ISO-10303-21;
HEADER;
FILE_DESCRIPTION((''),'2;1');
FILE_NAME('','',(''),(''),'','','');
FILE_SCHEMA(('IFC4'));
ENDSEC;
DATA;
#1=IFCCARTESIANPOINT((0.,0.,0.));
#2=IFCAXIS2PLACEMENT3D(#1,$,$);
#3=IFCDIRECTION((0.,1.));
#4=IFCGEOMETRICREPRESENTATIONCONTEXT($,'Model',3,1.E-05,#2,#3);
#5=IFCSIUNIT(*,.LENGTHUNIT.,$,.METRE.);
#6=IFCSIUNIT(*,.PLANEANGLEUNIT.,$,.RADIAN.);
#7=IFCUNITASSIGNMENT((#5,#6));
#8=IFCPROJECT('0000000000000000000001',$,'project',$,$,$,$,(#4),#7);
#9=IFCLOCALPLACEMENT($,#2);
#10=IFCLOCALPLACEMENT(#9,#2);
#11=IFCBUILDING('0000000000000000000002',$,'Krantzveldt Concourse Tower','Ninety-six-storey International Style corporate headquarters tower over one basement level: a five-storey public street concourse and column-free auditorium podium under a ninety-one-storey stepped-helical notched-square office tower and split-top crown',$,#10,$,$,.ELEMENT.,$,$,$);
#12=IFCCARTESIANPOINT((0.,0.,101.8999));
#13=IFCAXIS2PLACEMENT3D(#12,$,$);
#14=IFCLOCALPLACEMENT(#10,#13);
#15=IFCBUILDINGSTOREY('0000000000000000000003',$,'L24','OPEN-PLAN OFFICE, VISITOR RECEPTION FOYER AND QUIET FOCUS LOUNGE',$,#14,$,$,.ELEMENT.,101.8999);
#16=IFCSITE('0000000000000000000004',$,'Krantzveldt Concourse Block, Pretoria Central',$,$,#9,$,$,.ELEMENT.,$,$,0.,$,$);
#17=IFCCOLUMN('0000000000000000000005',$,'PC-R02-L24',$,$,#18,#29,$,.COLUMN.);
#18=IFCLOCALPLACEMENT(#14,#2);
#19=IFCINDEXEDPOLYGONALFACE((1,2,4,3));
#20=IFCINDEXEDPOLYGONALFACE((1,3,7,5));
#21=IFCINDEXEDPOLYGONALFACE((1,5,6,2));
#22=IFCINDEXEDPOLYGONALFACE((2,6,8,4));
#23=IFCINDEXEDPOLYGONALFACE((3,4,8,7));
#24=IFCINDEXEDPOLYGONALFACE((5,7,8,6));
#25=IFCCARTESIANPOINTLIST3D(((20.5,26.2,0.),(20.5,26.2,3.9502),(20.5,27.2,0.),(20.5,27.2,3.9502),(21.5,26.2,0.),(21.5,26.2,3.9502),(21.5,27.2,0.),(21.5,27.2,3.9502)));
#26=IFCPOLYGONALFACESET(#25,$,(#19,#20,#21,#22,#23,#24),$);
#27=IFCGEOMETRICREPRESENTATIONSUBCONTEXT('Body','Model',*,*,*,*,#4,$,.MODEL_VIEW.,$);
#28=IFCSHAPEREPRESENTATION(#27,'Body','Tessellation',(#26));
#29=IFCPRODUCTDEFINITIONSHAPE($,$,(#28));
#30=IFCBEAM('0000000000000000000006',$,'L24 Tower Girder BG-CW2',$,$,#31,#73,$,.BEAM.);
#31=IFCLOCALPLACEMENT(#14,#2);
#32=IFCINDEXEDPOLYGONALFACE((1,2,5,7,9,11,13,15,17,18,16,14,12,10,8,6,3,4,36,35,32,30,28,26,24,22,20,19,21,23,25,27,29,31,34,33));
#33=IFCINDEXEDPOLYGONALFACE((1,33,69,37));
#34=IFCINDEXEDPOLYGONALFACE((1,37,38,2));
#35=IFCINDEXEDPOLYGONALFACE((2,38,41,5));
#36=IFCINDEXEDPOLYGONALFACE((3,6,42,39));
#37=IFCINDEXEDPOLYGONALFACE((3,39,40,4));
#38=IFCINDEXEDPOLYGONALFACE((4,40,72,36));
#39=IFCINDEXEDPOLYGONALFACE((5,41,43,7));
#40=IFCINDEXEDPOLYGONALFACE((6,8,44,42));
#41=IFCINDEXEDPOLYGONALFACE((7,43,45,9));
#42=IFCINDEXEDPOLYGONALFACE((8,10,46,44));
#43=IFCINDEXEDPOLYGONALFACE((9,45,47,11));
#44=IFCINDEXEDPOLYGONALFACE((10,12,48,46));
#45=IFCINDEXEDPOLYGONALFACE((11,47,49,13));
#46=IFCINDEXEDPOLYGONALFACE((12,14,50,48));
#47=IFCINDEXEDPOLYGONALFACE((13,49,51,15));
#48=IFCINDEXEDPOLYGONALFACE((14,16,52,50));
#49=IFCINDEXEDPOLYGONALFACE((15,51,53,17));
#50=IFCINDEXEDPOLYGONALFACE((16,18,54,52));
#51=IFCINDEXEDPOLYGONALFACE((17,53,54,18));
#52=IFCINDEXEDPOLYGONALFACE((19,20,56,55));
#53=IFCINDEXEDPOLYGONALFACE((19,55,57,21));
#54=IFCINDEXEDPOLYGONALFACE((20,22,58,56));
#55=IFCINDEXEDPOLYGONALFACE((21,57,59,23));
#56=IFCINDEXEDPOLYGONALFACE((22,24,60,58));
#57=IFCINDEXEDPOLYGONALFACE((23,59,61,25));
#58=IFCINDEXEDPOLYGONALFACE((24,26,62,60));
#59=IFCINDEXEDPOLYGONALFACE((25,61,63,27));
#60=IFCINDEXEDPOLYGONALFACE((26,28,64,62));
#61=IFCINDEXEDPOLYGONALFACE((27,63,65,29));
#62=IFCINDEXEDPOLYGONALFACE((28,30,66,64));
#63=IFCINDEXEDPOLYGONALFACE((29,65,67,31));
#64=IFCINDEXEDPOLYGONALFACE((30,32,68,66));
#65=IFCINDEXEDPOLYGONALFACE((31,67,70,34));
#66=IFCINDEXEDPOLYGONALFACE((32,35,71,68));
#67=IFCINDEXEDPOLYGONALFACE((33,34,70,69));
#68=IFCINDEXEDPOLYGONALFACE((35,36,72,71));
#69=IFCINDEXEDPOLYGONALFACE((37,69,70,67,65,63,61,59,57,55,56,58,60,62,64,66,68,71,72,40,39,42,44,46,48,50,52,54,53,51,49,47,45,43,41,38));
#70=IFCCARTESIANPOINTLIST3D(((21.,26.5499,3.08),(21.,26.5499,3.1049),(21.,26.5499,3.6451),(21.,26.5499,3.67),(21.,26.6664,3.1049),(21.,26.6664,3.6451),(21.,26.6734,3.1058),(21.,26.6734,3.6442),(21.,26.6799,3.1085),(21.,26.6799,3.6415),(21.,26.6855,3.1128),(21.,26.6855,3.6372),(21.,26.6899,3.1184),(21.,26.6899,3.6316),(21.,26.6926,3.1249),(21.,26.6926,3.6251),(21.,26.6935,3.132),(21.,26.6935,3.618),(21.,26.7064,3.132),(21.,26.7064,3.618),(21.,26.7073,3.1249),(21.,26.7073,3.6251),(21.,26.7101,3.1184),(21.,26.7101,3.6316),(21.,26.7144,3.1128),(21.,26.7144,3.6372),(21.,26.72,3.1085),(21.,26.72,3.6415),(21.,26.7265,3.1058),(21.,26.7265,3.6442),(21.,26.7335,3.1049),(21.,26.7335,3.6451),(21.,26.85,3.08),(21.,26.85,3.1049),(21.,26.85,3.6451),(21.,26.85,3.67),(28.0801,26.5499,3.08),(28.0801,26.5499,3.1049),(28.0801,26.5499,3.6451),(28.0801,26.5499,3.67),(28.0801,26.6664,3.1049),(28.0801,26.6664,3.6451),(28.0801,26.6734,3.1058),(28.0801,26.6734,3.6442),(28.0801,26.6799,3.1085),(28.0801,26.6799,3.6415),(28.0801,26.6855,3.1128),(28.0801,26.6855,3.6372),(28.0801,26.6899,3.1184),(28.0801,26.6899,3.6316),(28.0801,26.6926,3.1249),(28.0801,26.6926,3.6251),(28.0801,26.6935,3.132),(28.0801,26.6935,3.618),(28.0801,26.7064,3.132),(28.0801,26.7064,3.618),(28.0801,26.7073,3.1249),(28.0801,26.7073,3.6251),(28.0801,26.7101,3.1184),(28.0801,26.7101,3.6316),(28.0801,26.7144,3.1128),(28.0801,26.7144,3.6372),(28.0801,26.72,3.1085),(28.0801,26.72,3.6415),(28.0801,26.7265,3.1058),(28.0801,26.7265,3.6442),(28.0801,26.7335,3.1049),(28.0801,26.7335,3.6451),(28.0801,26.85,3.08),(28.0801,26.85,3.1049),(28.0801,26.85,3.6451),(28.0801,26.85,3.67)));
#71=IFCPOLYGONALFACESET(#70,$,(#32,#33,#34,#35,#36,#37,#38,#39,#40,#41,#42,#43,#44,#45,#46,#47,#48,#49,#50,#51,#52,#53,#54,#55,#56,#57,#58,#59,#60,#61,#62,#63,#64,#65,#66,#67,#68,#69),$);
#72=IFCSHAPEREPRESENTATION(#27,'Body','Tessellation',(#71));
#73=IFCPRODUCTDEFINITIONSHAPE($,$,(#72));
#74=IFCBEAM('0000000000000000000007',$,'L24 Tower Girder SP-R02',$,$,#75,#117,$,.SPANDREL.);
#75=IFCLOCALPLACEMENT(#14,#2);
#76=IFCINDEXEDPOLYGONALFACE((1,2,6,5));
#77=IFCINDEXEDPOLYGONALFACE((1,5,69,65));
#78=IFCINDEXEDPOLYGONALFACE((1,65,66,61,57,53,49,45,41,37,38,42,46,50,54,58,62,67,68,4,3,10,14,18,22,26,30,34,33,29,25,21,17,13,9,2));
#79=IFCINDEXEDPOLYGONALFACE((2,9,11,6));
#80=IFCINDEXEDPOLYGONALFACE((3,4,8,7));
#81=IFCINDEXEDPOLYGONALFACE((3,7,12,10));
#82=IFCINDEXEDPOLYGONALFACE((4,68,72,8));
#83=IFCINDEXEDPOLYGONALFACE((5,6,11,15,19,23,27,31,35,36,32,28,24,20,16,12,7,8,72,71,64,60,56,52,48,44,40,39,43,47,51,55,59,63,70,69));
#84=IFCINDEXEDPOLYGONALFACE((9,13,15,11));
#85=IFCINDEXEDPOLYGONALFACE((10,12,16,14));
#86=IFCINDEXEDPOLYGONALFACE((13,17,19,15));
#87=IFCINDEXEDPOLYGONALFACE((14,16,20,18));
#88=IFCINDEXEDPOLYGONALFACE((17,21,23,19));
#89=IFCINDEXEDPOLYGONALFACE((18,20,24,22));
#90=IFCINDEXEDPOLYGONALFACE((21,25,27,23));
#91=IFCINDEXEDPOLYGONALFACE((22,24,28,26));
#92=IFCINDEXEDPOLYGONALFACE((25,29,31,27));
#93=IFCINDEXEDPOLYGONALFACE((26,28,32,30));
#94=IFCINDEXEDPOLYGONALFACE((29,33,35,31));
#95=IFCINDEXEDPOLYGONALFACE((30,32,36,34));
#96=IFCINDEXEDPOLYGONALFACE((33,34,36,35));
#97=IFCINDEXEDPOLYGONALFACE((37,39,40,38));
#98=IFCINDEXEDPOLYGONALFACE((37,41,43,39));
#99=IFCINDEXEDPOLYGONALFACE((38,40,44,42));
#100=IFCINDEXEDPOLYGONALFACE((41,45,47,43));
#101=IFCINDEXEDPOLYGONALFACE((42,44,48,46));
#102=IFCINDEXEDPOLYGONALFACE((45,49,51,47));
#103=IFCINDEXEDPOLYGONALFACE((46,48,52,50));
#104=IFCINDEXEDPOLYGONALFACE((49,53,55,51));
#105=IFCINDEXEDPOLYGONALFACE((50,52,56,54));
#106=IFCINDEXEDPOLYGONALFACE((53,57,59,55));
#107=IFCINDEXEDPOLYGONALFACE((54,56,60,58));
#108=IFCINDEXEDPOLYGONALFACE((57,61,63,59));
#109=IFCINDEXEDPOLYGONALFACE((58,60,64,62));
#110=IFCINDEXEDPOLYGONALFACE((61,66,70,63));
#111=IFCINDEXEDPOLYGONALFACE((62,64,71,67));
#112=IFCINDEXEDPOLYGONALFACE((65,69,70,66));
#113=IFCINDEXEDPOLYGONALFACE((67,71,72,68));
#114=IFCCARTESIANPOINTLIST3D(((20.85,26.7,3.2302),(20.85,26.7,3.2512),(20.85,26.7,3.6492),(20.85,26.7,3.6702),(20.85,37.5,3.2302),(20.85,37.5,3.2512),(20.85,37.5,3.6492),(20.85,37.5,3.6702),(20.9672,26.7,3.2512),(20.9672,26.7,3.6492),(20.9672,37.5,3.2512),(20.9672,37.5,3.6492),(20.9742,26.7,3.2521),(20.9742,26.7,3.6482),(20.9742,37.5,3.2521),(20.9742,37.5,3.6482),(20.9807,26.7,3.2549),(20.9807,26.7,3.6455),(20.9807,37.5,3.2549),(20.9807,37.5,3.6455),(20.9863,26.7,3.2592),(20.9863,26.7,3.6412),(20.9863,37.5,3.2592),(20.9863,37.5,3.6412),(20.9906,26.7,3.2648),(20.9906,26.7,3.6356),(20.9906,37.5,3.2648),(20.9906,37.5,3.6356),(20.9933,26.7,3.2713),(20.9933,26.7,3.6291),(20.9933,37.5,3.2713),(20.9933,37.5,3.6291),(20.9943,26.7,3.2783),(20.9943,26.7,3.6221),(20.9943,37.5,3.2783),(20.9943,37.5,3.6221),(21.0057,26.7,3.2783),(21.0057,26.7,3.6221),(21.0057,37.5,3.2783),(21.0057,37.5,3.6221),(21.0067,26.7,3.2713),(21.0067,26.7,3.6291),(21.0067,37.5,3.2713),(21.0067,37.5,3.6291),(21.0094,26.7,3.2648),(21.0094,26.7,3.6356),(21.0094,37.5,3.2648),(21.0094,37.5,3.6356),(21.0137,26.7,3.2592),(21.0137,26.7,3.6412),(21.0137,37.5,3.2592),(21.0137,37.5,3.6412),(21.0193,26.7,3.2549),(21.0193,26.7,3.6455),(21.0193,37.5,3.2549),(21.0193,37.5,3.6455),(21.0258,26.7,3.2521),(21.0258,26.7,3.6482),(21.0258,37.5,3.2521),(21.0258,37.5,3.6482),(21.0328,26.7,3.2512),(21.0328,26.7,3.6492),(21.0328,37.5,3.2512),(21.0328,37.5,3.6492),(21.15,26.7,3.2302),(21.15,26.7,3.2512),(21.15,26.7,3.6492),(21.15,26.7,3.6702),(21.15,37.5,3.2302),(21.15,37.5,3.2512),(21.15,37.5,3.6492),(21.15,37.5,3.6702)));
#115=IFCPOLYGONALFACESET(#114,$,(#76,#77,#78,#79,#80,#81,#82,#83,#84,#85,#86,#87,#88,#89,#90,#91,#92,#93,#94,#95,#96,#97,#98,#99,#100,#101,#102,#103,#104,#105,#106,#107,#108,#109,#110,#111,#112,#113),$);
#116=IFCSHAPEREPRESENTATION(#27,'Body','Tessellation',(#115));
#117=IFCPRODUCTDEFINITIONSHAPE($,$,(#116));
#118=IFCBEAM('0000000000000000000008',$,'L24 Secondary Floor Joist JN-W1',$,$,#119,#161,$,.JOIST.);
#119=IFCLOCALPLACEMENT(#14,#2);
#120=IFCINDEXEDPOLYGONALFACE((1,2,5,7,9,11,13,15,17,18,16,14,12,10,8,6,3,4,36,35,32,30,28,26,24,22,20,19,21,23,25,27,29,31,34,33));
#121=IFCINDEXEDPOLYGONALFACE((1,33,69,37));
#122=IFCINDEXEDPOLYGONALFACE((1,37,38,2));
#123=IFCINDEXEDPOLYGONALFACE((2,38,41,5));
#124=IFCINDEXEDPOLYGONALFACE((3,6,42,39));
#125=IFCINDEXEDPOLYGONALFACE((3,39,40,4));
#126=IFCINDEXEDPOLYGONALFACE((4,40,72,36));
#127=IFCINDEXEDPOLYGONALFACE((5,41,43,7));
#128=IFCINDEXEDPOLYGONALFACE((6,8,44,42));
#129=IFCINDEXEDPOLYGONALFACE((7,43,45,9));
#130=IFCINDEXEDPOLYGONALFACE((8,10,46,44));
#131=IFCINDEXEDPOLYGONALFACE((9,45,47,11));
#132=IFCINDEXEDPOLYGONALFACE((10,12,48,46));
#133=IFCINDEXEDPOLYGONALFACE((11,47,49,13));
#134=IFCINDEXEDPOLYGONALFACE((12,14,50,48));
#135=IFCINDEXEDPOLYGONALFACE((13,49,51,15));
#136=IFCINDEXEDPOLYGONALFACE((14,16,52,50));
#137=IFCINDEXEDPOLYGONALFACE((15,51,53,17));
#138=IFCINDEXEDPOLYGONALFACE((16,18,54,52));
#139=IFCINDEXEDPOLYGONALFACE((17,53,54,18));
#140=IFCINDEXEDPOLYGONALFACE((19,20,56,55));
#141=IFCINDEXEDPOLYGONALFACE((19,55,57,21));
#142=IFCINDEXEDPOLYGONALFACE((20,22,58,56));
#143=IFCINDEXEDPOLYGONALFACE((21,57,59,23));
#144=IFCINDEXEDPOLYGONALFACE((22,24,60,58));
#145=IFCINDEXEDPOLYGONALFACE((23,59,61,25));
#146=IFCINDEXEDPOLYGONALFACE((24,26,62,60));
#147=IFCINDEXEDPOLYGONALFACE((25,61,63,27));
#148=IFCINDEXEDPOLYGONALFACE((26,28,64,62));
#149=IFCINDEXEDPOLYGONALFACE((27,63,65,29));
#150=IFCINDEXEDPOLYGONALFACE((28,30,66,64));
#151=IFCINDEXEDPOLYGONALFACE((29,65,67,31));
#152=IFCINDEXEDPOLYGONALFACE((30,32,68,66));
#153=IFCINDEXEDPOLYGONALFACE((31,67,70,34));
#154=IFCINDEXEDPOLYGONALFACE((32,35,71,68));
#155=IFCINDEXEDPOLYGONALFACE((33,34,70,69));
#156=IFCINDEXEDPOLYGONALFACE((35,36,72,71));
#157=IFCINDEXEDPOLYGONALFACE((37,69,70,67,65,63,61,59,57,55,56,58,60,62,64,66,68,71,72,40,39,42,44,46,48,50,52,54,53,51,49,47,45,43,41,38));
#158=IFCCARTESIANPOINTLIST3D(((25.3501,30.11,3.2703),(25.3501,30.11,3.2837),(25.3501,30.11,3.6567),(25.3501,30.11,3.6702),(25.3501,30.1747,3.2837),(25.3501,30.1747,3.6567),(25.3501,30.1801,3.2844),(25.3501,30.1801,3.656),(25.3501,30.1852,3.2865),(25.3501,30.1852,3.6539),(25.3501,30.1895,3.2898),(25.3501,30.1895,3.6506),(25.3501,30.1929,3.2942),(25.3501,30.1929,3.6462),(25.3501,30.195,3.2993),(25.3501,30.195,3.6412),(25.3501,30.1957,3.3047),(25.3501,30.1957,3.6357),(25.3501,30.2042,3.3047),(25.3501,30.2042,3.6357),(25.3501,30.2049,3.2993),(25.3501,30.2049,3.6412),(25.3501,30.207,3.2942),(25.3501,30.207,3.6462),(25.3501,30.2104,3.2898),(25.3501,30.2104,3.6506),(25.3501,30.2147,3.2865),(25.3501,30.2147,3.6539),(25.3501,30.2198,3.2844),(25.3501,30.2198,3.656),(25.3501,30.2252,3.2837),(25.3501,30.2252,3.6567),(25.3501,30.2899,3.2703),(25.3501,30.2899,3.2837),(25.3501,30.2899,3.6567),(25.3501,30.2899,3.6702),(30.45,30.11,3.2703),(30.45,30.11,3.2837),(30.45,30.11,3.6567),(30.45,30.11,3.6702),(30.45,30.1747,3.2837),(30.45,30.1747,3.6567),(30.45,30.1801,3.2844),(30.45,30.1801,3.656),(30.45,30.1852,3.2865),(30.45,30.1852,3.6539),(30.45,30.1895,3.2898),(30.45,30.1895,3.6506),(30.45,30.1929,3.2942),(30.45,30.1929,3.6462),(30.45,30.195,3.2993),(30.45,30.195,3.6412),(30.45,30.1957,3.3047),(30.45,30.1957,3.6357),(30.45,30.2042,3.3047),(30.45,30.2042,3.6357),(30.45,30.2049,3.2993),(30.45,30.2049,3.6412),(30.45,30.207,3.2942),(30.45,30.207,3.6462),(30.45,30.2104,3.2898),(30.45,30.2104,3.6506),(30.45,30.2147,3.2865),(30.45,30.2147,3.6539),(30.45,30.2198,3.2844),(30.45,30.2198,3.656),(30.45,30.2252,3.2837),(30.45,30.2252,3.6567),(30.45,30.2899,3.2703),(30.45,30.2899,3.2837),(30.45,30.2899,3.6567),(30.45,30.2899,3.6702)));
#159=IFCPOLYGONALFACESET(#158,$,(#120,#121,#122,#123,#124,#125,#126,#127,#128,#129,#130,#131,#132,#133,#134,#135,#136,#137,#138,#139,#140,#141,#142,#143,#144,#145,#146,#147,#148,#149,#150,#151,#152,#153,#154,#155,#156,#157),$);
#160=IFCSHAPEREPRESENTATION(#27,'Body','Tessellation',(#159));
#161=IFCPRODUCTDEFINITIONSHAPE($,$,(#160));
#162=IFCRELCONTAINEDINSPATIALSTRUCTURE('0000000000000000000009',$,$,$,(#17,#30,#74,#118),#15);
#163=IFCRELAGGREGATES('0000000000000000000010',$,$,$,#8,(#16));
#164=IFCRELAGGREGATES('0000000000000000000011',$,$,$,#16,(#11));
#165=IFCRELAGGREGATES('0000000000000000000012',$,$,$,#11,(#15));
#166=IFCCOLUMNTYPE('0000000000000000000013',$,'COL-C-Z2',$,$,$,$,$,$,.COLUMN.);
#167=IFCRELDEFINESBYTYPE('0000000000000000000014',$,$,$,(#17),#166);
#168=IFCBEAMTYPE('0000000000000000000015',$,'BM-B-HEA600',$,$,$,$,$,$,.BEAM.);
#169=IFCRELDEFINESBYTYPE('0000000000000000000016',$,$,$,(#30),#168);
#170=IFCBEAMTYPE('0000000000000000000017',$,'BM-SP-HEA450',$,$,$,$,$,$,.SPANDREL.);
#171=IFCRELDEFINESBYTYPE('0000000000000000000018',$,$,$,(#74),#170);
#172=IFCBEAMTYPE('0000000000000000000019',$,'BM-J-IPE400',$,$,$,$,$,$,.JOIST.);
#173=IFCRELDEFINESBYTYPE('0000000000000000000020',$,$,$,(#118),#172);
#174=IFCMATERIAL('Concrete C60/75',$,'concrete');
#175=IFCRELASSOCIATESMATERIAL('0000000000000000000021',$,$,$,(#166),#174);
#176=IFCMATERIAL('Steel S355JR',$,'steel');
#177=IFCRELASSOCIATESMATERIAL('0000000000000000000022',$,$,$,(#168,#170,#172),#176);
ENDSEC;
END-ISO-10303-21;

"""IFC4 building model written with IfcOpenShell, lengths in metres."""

from ifc_helpers import new_model, si_unit, direction, frame, origin, origin_2d, place, context, subcontext, project, spatial, rectangle, i_section, extrude, source, transform, mapped, material, material_profile, profile_set, type_object, type_shapes, element, save


model = new_model("IFC4")

# Units and contexts
model_context = context("Model", 3, precision=1e-05, world=origin(), true_north=direction((0.0, 1.0)))
body_context = subcontext(model_context, "Body", "Model", "MODEL_VIEW")
ifc_project = project(units=[si_unit("LENGTHUNIT", "METRE"), si_unit("PLANEANGLEUNIT", "RADIAN")], contexts=[model_context])

# Site, building, storey
site_placement = place(None, origin())
site = spatial("IfcSite", under=ifc_project, at=site_placement, Name="Krantzveldt Concourse Block, Pretoria Central", CompositionType="ELEMENT", RefElevation=0.0)
building_placement = place(site_placement, origin())
building = spatial("IfcBuilding", under=site, at=building_placement, Name="Krantzveldt Concourse Tower", Description="Ninety-six-storey International Style corporate headquarters tower over one basement level: a five-storey public street concourse and column-free auditorium podium under a ninety-one-storey stepped-helical notched-square office tower and split-top crown", CompositionType="ELEMENT")
storey_placement = place(building_placement, frame((0.0, 0.0, 101.8999)))
storey = spatial("IfcBuildingStorey", under=building, at=storey_placement, Name="L24", Description="OPEN-PLAN OFFICE, VISITOR RECEPTION FOYER AND QUIET FOCUS LOUNGE", CompositionType="ELEMENT", Elevation=101.8999)

# Column
ifc_material_1 = material(Name="Concrete C60/75", Category="concrete")
ifc_material_profile_1 = material_profile(ifc_material_1, rectangle(XDim=1.0, YDim=1.0, at=origin_2d()), Name="Concrete C60/75", Category="concrete")
ifc_profile_set_1 = profile_set([ifc_material_profile_1], Name="Concrete C60/75 - RC 1000x1000")
column_type = type_object("IfcColumnType", Name="COL-C-Z2", PredefinedType="COLUMN", material=ifc_profile_set_1)
shared_shape_1 = source(origin(), body_context, "Body", "SweptSolid", [
    extrude(rectangle(XDim=1.0, YDim=1.0, at=origin_2d()), origin(), (0.0, 0.0, 1.0), 3.9502),
])
type_shapes(column_type, [shared_shape_1])
column_placement = place(storey_placement, frame((21.0, 26.7, 0.0), z_axis=(0.0, 0.0, 1.0), x_axis=(1.0, 0.0, 0.0)))
element("IfcColumn", 1, at=column_placement, inside=storey, type_object=column_type, Name="PC-R02-L24", PredefinedType="COLUMN", context=body_context, shape_type="MappedRepresentation", body=[
    mapped(shared_shape_1, transform((0.0, 0.0, 0.0), x_axis=(1.0, 0.0, 0.0), y_axis=(0.0, 1.0, 0.0), z_axis=(0.0, 0.0, 1.0), scale=1.0)),
])

# Beams
ifc_material_2 = material(Name="Steel S355JR", Category="steel")
ifc_material_profile_2 = material_profile(ifc_material_2, i_section(OverallWidth=0.3, OverallDepth=0.5901, WebThickness=0.0129, FlangeThickness=0.0249, FilletRadius=0.0271, at=origin_2d()), Name="Steel S355JR", Category="steel")
ifc_profile_set_2 = profile_set([ifc_material_profile_2], Name="Steel S355JR - HEA 600")
beam_type_1 = type_object("IfcBeamType", Name="BM-B-HEA600", PredefinedType="BEAM", material=ifc_profile_set_2)
shared_shape_2 = source(origin(), body_context, "Body", "SweptSolid", [
    extrude(i_section(OverallWidth=0.3, OverallDepth=0.5901, WebThickness=0.0129, FlangeThickness=0.0249, FilletRadius=0.0271, at=origin_2d()), origin(), (0.0, 0.0, 1.0), 7.0801),
])
type_shapes(beam_type_1, [shared_shape_2])
beam_1_placement = place(storey_placement, frame((21.0, 26.7, 3.375), z_axis=(1.0, 0.0, 0.0), x_axis=(0.0, 1.0, 0.0)))
element("IfcBeam", 2, at=beam_1_placement, inside=storey, type_object=beam_type_1, Name="L24 Tower Girder BG-CW2", PredefinedType="BEAM", context=body_context, shape_type="MappedRepresentation", body=[
    mapped(shared_shape_2, transform((0.0, 0.0, 0.0), x_axis=(1.0, 0.0, 0.0), y_axis=(0.0, 1.0, 0.0), z_axis=(0.0, 0.0, 1.0), scale=1.0)),
])
ifc_material_profile_3 = material_profile(ifc_material_2, i_section(OverallWidth=0.3, OverallDepth=0.4399, WebThickness=0.0115, FlangeThickness=0.021, FilletRadius=0.0271, at=origin_2d()), Name="Steel S355JR", Category="steel")
ifc_profile_set_3 = profile_set([ifc_material_profile_3], Name="Steel S355JR - HEA 450")
beam_type_2 = type_object("IfcBeamType", Name="BM-SP-HEA450", PredefinedType="SPANDREL", material=ifc_profile_set_3)
shared_shape_3 = source(origin(), body_context, "Body", "SweptSolid", [
    extrude(i_section(OverallWidth=0.3, OverallDepth=0.4399, WebThickness=0.0115, FlangeThickness=0.021, FilletRadius=0.0271, at=origin_2d()), origin(), (0.0, 0.0, 1.0), 10.8),
])
type_shapes(beam_type_2, [shared_shape_3])
beam_2_placement = place(storey_placement, frame((21.0, 26.7, 3.4502), z_axis=(0.0, 1.0, 0.0), x_axis=(-1.0, 0.0, 0.0)))
element("IfcBeam", 3, at=beam_2_placement, inside=storey, type_object=beam_type_2, Name="L24 Tower Girder SP-R02", PredefinedType="SPANDREL", context=body_context, shape_type="MappedRepresentation", body=[
    mapped(shared_shape_3, transform((0.0, 0.0, 0.0), x_axis=(1.0, 0.0, 0.0), y_axis=(0.0, 1.0, 0.0), z_axis=(0.0, 0.0, 1.0), scale=1.0)),
])
ifc_material_profile_4 = material_profile(ifc_material_2, i_section(OverallWidth=0.1799, OverallDepth=0.3999, WebThickness=0.0085, FlangeThickness=0.0134, FilletRadius=0.021, at=origin_2d()), Name="Steel S355JR", Category="steel")
ifc_profile_set_4 = profile_set([ifc_material_profile_4], Name="Steel S355JR - IPE 400")
beam_type_3 = type_object("IfcBeamType", Name="BM-J-IPE400", PredefinedType="JOIST", material=ifc_profile_set_4)
shared_shape_4 = source(origin(), body_context, "Body", "SweptSolid", [
    extrude(i_section(OverallWidth=0.1799, OverallDepth=0.3999, WebThickness=0.0085, FlangeThickness=0.0134, FilletRadius=0.021, at=origin_2d()), origin(), (0.0, 0.0, 1.0), 5.0999),
])
type_shapes(beam_type_3, [shared_shape_4])
beam_3_placement = place(storey_placement, frame((25.3501, 30.2, 3.4702), z_axis=(1.0, 0.0, 0.0), x_axis=(0.0, 1.0, 0.0)))
element("IfcBeam", 4, at=beam_3_placement, inside=storey, type_object=beam_type_3, Name="L24 Secondary Floor Joist JN-W1", PredefinedType="JOIST", context=body_context, shape_type="MappedRepresentation", body=[
    mapped(shared_shape_4, transform((0.0, 0.0, 0.0), x_axis=(1.0, 0.0, 0.0), y_axis=(0.0, 1.0, 0.0), z_axis=(0.0, 0.0, 1.0), scale=1.0)),
])

save(model, "model.ifc")
